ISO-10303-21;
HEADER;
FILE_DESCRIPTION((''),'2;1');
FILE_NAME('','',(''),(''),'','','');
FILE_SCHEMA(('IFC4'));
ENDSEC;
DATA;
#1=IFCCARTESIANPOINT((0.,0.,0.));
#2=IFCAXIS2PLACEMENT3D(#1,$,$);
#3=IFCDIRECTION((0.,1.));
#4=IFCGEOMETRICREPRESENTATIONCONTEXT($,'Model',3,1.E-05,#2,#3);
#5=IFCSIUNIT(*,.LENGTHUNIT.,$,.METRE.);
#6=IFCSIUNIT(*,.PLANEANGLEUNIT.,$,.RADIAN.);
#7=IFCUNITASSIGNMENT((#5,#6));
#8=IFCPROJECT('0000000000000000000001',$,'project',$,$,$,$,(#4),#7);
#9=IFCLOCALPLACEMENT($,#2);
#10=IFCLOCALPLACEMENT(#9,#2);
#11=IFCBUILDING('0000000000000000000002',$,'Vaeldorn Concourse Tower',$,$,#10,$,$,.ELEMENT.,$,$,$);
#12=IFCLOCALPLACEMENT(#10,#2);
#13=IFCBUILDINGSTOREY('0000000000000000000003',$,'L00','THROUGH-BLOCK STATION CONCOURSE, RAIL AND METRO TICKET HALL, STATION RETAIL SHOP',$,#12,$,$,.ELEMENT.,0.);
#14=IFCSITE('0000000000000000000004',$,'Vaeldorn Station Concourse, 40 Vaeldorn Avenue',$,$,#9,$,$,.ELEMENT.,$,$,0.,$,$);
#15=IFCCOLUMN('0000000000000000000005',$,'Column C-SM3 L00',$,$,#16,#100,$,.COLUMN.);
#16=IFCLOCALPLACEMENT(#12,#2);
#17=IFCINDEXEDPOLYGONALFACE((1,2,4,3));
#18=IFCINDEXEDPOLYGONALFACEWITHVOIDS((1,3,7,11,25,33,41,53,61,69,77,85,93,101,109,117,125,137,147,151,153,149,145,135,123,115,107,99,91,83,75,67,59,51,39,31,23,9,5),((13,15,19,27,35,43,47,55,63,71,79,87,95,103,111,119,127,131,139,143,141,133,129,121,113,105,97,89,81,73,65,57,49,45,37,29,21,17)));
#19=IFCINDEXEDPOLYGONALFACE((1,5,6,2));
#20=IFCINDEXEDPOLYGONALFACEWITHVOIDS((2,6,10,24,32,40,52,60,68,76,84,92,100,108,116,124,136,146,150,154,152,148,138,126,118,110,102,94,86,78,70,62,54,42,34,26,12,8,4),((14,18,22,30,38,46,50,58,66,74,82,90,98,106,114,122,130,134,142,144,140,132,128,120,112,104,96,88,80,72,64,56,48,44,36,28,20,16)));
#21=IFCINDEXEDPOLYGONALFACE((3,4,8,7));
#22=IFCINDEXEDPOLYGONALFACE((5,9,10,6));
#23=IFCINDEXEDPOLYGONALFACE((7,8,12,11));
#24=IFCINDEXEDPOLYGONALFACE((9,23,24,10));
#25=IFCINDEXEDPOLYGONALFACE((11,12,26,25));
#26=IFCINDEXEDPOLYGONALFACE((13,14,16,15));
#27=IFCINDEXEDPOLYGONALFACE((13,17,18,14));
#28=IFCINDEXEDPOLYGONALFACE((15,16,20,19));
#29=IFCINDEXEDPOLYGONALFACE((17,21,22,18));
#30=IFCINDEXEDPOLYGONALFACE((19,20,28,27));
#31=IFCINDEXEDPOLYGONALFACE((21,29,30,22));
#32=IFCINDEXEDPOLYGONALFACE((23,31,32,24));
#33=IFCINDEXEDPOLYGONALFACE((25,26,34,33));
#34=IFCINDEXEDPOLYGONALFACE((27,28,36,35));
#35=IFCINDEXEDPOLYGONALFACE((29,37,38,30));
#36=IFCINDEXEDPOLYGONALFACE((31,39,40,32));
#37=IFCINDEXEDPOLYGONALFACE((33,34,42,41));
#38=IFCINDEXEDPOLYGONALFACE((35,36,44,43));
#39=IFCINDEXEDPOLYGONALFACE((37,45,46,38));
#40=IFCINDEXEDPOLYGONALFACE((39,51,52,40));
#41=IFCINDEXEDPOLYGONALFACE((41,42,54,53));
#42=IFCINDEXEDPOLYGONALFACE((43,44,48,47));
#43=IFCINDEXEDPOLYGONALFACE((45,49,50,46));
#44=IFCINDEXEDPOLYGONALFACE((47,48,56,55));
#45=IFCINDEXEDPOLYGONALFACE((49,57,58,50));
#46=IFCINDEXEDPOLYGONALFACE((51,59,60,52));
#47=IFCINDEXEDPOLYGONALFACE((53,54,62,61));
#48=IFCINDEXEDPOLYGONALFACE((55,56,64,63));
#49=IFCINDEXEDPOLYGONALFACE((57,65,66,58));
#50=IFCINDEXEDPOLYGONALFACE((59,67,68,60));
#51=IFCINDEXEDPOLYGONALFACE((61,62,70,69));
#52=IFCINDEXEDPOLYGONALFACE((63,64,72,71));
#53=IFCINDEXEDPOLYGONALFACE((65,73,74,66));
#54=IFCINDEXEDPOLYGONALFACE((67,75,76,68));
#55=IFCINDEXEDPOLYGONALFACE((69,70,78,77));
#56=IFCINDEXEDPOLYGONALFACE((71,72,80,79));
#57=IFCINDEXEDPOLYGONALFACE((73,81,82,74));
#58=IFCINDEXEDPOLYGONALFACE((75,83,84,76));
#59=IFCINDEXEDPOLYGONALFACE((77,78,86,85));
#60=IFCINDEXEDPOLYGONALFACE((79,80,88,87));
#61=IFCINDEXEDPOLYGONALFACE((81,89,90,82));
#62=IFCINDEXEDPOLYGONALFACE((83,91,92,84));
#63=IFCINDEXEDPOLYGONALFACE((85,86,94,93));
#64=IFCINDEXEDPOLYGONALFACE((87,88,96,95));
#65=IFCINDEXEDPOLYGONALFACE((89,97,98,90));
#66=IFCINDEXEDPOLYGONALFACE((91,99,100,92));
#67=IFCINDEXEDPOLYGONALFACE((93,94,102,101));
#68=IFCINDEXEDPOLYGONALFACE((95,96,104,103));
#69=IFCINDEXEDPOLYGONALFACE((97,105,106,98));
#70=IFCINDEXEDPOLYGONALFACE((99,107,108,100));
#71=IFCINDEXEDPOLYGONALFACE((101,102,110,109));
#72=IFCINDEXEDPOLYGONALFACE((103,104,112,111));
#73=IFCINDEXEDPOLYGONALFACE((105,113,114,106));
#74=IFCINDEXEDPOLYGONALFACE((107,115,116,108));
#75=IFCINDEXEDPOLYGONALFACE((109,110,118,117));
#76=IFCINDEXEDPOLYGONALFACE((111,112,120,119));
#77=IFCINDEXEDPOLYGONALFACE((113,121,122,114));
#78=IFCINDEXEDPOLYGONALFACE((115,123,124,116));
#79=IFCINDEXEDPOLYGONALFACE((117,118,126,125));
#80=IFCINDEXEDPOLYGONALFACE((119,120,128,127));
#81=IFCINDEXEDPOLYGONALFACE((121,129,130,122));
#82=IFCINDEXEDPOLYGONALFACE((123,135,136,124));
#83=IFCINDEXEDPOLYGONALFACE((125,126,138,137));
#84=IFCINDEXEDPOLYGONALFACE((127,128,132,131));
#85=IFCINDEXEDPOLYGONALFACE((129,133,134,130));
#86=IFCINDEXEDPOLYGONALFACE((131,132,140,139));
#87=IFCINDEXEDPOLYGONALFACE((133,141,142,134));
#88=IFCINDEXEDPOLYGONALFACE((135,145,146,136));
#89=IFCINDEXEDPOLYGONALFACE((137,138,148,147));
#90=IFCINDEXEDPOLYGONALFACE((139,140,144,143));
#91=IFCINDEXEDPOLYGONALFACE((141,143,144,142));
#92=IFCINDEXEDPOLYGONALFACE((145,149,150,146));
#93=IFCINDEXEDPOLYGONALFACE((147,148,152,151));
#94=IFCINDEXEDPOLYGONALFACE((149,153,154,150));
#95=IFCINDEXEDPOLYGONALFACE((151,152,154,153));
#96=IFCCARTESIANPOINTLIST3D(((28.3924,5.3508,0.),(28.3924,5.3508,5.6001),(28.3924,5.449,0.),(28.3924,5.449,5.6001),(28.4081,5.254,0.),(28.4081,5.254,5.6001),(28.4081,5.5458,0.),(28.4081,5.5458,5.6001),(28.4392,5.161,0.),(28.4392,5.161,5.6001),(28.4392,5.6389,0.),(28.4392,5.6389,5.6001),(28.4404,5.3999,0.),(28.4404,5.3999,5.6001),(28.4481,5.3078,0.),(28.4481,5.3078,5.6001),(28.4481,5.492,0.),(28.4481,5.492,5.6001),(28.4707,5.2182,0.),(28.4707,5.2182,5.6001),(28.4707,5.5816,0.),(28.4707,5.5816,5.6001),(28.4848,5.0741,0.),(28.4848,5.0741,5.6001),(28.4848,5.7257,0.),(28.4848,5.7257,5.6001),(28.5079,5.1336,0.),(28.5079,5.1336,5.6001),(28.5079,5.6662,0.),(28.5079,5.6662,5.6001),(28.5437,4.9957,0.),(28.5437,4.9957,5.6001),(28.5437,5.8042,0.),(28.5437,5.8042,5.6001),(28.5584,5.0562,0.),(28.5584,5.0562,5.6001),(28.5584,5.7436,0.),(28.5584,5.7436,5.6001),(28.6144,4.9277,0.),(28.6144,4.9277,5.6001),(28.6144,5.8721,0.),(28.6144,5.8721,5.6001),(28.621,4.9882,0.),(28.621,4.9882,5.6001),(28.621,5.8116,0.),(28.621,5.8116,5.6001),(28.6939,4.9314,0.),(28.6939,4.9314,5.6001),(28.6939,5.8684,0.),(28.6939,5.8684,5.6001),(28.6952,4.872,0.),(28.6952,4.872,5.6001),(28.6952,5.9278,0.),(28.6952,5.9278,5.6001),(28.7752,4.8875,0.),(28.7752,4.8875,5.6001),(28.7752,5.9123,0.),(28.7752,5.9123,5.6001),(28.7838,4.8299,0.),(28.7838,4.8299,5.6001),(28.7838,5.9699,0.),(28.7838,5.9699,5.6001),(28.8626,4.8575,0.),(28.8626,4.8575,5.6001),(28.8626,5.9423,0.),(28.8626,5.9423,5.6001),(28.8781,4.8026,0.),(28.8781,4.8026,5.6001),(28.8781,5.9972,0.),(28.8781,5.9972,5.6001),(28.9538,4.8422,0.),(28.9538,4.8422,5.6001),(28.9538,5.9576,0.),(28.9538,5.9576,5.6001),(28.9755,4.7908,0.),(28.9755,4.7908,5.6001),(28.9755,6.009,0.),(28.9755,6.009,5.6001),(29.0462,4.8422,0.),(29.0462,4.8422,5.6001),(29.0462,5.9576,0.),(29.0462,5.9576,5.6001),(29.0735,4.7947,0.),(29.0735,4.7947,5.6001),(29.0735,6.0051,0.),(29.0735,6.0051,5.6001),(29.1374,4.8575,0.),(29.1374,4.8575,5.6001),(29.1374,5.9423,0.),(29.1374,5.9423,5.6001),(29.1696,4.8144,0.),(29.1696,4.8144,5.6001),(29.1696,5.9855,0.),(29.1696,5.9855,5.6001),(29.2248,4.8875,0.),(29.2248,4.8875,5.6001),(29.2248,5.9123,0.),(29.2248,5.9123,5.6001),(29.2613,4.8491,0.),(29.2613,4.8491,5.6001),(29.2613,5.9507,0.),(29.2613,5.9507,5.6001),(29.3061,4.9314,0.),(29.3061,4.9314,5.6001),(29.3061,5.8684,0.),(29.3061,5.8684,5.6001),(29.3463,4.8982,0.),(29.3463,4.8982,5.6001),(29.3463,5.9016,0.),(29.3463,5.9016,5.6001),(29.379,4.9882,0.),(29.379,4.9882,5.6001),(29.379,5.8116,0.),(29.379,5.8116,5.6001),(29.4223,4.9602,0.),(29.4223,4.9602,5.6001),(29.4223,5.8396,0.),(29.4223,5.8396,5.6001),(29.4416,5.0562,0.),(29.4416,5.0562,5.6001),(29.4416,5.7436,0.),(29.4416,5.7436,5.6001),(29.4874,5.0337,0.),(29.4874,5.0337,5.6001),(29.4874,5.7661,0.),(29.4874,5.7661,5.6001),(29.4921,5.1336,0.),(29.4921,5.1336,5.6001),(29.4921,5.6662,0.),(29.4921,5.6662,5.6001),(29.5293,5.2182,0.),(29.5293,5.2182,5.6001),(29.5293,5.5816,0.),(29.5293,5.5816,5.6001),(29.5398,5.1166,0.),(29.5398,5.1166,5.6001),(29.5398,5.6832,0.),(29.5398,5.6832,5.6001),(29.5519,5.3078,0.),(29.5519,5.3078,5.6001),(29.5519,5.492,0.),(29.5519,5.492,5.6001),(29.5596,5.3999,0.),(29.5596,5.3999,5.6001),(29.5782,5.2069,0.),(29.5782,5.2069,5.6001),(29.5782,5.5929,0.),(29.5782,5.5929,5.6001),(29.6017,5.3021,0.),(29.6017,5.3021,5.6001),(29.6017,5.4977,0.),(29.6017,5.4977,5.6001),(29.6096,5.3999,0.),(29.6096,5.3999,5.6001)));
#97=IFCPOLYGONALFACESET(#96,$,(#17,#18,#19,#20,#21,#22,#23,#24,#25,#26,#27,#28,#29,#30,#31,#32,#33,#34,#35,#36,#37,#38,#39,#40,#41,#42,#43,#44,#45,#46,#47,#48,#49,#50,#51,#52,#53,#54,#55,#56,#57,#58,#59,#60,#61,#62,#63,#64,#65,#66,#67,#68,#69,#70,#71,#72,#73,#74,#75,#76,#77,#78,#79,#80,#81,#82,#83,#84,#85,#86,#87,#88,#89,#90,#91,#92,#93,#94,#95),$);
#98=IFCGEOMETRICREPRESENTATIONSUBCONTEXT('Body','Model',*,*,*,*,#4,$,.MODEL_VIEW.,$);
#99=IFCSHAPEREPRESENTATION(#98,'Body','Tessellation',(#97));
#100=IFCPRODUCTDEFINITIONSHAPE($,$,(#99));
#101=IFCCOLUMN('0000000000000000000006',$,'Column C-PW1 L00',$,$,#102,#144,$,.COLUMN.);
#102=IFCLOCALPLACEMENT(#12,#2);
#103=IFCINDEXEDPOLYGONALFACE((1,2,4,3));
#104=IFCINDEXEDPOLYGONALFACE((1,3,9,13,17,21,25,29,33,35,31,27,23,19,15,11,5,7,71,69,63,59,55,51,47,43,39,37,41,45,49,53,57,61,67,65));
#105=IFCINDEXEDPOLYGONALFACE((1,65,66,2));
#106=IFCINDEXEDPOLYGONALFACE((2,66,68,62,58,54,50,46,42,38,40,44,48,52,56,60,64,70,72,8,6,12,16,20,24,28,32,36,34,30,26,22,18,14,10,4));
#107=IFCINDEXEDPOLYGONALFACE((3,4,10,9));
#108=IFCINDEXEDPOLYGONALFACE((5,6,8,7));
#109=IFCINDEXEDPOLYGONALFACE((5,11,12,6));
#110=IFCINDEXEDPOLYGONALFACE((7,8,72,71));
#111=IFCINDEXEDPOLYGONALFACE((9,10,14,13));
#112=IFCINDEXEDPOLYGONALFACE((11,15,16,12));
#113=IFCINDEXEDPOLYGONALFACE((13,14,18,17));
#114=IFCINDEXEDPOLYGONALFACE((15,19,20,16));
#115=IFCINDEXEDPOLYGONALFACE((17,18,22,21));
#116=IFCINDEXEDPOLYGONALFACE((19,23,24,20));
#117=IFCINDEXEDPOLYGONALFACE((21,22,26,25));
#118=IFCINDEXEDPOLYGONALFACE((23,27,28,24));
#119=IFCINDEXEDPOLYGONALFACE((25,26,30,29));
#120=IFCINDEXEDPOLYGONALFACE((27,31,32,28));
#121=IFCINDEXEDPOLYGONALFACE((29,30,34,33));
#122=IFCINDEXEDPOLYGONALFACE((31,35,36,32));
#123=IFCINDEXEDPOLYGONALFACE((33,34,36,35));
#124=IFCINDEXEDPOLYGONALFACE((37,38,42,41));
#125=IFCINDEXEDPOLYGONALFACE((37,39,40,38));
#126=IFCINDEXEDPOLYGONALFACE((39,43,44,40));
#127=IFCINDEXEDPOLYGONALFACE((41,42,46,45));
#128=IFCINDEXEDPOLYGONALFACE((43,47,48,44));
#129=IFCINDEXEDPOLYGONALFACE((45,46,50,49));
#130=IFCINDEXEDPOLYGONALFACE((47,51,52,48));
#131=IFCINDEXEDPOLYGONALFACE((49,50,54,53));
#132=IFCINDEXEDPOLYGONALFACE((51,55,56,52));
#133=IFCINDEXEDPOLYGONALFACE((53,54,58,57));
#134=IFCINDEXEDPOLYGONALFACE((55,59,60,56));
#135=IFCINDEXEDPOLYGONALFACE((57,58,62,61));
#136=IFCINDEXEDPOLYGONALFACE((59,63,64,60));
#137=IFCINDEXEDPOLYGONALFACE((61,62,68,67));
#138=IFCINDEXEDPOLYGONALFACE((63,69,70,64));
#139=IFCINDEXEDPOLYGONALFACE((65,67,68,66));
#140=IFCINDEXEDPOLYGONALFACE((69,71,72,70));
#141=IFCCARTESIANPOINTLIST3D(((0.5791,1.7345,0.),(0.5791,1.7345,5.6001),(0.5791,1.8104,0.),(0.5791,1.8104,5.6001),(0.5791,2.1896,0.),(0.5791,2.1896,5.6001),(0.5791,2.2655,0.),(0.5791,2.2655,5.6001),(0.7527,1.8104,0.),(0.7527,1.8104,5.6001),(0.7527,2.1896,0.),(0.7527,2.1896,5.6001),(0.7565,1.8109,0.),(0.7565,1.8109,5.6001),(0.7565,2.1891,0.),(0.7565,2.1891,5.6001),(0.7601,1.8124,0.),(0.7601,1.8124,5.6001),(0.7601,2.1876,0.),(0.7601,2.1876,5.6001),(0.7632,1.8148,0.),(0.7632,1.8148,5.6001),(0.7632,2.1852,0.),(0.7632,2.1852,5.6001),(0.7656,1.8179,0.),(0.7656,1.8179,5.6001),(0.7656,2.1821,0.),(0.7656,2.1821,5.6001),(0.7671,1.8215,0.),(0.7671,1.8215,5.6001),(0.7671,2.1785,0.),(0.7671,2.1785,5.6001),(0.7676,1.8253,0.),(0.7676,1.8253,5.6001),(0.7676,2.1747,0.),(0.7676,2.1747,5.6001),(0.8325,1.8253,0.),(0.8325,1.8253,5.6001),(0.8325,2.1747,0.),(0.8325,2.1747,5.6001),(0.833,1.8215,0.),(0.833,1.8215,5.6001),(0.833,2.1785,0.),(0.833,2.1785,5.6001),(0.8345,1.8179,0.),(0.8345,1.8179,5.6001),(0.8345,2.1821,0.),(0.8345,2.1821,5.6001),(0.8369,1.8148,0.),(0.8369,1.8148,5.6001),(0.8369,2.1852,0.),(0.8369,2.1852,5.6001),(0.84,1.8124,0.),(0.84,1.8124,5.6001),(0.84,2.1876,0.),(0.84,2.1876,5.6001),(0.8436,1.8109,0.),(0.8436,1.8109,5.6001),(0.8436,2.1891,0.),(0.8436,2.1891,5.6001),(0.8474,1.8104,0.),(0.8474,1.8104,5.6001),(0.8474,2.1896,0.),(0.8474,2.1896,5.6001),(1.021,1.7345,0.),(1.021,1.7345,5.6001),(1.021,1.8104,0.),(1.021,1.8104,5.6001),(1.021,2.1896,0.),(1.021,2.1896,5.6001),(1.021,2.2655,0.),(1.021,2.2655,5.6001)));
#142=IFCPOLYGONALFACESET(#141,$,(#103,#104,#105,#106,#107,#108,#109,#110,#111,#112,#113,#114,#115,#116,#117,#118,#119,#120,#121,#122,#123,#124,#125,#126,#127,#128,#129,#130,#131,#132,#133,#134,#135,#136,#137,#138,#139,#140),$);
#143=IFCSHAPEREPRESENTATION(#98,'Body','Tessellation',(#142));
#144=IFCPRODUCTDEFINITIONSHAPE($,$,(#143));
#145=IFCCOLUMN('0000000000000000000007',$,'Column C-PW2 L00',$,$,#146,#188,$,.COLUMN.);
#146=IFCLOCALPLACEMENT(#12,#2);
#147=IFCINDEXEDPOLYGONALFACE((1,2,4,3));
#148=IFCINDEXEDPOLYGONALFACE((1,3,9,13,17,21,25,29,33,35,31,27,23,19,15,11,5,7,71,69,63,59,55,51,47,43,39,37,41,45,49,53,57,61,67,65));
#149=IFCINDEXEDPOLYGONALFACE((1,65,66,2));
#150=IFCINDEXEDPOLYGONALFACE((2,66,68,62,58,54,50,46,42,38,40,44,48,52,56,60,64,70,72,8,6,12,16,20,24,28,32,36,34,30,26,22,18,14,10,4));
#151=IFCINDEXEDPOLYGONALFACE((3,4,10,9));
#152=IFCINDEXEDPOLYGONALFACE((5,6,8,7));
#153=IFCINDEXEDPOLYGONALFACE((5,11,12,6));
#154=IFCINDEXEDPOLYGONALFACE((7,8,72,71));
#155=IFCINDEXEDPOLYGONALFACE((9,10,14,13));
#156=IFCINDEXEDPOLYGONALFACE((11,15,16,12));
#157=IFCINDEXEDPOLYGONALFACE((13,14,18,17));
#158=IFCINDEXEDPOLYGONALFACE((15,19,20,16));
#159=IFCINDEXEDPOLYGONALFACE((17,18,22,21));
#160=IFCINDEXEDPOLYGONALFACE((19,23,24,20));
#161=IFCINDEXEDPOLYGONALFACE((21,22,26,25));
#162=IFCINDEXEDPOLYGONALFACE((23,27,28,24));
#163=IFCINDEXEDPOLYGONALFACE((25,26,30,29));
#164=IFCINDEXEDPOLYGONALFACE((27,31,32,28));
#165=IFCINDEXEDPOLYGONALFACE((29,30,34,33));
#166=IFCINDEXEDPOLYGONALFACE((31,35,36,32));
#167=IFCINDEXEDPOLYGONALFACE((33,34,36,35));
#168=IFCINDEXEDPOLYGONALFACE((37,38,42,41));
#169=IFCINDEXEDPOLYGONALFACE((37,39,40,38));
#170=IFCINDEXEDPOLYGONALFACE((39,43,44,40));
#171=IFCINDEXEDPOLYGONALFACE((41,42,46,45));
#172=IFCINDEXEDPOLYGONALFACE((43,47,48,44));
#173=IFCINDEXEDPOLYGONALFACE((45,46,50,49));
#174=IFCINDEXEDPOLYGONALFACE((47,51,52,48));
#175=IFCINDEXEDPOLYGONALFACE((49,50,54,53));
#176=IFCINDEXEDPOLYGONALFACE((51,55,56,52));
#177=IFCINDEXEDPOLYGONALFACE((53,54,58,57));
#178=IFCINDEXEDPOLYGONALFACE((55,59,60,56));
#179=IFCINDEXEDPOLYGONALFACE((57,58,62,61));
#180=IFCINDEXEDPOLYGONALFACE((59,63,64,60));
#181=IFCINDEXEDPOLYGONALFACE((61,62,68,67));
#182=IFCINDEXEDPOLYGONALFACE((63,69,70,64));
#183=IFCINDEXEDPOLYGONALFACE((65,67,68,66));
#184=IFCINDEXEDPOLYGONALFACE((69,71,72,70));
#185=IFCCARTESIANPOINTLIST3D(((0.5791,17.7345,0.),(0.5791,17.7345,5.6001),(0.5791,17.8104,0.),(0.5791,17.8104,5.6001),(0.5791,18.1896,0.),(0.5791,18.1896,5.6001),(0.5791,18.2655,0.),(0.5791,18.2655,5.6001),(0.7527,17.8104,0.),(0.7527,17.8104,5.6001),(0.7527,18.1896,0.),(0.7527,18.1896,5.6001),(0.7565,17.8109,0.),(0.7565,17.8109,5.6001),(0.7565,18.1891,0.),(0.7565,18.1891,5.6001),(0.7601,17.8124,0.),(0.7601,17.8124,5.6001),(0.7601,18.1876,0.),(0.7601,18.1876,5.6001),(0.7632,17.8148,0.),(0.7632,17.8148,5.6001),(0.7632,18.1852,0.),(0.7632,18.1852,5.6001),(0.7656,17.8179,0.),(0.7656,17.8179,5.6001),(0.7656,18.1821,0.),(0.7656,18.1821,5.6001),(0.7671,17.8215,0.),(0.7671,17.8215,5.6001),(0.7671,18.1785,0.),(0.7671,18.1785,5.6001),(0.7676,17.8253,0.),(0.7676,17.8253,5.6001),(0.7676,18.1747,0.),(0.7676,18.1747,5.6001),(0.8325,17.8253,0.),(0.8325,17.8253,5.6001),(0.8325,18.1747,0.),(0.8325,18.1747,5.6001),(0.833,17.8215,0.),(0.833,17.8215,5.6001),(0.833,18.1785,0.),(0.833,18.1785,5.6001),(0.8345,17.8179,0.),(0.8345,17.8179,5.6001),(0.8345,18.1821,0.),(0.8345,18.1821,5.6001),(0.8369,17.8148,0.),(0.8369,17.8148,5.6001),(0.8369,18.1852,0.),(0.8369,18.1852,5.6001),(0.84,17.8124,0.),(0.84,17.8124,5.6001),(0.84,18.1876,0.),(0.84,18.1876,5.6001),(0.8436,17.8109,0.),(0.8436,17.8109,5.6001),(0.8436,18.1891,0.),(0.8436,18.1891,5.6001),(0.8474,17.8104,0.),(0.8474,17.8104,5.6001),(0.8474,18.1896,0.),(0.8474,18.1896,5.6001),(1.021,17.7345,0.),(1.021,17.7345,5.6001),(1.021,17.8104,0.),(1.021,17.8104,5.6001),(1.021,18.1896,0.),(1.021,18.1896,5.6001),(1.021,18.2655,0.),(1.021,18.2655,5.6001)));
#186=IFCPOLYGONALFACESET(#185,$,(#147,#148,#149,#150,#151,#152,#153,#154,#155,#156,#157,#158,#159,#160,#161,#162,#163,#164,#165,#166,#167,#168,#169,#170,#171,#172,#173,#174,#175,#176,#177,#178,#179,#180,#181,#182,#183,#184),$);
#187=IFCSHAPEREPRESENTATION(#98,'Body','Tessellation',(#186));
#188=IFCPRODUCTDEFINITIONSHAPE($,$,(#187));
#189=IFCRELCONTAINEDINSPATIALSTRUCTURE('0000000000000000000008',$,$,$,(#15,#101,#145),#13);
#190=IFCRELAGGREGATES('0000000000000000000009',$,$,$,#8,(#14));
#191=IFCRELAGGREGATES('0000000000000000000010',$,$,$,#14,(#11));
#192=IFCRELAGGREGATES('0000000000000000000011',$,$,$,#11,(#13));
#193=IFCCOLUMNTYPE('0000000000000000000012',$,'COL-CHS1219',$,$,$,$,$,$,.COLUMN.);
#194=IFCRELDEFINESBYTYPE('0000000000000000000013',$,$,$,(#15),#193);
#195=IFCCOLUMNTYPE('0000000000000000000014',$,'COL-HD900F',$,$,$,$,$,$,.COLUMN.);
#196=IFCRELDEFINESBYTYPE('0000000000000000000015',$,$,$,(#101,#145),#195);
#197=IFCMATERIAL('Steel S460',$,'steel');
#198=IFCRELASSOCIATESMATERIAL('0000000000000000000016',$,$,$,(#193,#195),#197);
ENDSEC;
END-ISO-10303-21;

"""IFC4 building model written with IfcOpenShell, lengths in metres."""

from ifc_helpers import new_model, si_unit, direction, frame, origin, origin_2d, place, context, subcontext, project, spatial, hollow_circle, i_section, extrude, source, transform, mapped, material, material_profile, profile_set, type_object, element, save


model = new_model("IFC4")

# Units and contexts
model_context = context("Model", 3, precision=1e-05, world=origin(), true_north=direction((0.0, 1.0)))
body_context = subcontext(model_context, "Body", "Model", "MODEL_VIEW")
ifc_project = project(units=[si_unit("LENGTHUNIT", "METRE"), si_unit("PLANEANGLEUNIT", "RADIAN")], contexts=[model_context])

# Site, building, storey
site_placement = place(None, origin())
site = spatial("IfcSite", under=ifc_project, at=site_placement, Name="Vaeldorn Station Concourse, 40 Vaeldorn Avenue", CompositionType="ELEMENT", RefElevation=0.0)
building_placement = place(site_placement, origin())
building = spatial("IfcBuilding", under=site, at=building_placement, Name="Vaeldorn Concourse Tower", CompositionType="ELEMENT")
storey_placement = place(building_placement, origin())
storey = spatial("IfcBuildingStorey", under=building, at=storey_placement, Name="L00", Description="THROUGH-BLOCK STATION CONCOURSE, RAIL AND METRO TICKET HALL, STATION RETAIL SHOP", CompositionType="ELEMENT", Elevation=0.0)

# Columns
ifc_material_1 = material(Name="Steel S460", Category="steel")
ifc_material_profile_1 = material_profile(ifc_material_1, hollow_circle(Radius=0.6096, WallThickness=0.05, at=origin_2d()), Name="CHS 1219x50")
ifc_profile_set_1 = profile_set([ifc_material_profile_1], Name="Steel S460")
column_type_1 = type_object("IfcColumnType", Name="COL-CHS1219", PredefinedType="COLUMN", material=ifc_profile_set_1)
shared_shape_1 = source(origin(), body_context, "Body", "SweptSolid", [
    extrude(hollow_circle(Radius=0.6096, WallThickness=0.05, at=origin_2d()), origin(), (0.0, 0.0, 1.0), 5.6001),
])
for number, where, z_axis, x_axis, name in (
    (1, (29.0, 5.3999, 0.0), (0.0, 0.0, 1.0), (1.0, 0.0, 0.0), "Column C-SM3 L00"),
):
    element("IfcColumn", number, at=place(storey_placement, frame(where, z_axis=z_axis, x_axis=x_axis)), inside=storey, type_object=column_type_1, Name=name, PredefinedType="COLUMN", context=body_context, shape_type="MappedRepresentation", body=[
        mapped(shared_shape_1, transform((0.0, 0.0, 0.0), scale=1.0)),
    ])
ifc_material_profile_2 = material_profile(ifc_material_1, i_section(OverallWidth=0.4419, OverallDepth=0.531, WebThickness=0.0649, FlangeThickness=0.0759, FilletRadius=0.0149, at=origin_2d()), Name="HD 400x900")
ifc_profile_set_2 = profile_set([ifc_material_profile_2], Name="Steel S460")
column_type_2 = type_object("IfcColumnType", Name="COL-HD900F", PredefinedType="COLUMN", material=ifc_profile_set_2)
shared_shape_2 = source(origin(), body_context, "Body", "SweptSolid", [
    extrude(i_section(OverallWidth=0.4419, OverallDepth=0.531, WebThickness=0.0649, FlangeThickness=0.0759, FilletRadius=0.0149, at=origin_2d()), origin(), (0.0, 0.0, 1.0), 5.6001),
])
for number, where, z_axis, x_axis, name in (
    (2, (0.8, 2.0, 0.0), (0.0, 0.0, 1.0), (1.0, 0.0, 0.0), "Column C-PW1 L00"),
    (3, (0.8, 18.0, 0.0), (0.0, 0.0, 1.0), (1.0, 0.0, 0.0), "Column C-PW2 L00"),
):
    element("IfcColumn", number, at=place(storey_placement, frame(where, z_axis=z_axis, x_axis=x_axis)), inside=storey, type_object=column_type_2, Name=name, PredefinedType="COLUMN", context=body_context, shape_type="MappedRepresentation", body=[
        mapped(shared_shape_2, transform((0.0, 0.0, 0.0), scale=1.0)),
    ])

save(model, "model.ifc")
